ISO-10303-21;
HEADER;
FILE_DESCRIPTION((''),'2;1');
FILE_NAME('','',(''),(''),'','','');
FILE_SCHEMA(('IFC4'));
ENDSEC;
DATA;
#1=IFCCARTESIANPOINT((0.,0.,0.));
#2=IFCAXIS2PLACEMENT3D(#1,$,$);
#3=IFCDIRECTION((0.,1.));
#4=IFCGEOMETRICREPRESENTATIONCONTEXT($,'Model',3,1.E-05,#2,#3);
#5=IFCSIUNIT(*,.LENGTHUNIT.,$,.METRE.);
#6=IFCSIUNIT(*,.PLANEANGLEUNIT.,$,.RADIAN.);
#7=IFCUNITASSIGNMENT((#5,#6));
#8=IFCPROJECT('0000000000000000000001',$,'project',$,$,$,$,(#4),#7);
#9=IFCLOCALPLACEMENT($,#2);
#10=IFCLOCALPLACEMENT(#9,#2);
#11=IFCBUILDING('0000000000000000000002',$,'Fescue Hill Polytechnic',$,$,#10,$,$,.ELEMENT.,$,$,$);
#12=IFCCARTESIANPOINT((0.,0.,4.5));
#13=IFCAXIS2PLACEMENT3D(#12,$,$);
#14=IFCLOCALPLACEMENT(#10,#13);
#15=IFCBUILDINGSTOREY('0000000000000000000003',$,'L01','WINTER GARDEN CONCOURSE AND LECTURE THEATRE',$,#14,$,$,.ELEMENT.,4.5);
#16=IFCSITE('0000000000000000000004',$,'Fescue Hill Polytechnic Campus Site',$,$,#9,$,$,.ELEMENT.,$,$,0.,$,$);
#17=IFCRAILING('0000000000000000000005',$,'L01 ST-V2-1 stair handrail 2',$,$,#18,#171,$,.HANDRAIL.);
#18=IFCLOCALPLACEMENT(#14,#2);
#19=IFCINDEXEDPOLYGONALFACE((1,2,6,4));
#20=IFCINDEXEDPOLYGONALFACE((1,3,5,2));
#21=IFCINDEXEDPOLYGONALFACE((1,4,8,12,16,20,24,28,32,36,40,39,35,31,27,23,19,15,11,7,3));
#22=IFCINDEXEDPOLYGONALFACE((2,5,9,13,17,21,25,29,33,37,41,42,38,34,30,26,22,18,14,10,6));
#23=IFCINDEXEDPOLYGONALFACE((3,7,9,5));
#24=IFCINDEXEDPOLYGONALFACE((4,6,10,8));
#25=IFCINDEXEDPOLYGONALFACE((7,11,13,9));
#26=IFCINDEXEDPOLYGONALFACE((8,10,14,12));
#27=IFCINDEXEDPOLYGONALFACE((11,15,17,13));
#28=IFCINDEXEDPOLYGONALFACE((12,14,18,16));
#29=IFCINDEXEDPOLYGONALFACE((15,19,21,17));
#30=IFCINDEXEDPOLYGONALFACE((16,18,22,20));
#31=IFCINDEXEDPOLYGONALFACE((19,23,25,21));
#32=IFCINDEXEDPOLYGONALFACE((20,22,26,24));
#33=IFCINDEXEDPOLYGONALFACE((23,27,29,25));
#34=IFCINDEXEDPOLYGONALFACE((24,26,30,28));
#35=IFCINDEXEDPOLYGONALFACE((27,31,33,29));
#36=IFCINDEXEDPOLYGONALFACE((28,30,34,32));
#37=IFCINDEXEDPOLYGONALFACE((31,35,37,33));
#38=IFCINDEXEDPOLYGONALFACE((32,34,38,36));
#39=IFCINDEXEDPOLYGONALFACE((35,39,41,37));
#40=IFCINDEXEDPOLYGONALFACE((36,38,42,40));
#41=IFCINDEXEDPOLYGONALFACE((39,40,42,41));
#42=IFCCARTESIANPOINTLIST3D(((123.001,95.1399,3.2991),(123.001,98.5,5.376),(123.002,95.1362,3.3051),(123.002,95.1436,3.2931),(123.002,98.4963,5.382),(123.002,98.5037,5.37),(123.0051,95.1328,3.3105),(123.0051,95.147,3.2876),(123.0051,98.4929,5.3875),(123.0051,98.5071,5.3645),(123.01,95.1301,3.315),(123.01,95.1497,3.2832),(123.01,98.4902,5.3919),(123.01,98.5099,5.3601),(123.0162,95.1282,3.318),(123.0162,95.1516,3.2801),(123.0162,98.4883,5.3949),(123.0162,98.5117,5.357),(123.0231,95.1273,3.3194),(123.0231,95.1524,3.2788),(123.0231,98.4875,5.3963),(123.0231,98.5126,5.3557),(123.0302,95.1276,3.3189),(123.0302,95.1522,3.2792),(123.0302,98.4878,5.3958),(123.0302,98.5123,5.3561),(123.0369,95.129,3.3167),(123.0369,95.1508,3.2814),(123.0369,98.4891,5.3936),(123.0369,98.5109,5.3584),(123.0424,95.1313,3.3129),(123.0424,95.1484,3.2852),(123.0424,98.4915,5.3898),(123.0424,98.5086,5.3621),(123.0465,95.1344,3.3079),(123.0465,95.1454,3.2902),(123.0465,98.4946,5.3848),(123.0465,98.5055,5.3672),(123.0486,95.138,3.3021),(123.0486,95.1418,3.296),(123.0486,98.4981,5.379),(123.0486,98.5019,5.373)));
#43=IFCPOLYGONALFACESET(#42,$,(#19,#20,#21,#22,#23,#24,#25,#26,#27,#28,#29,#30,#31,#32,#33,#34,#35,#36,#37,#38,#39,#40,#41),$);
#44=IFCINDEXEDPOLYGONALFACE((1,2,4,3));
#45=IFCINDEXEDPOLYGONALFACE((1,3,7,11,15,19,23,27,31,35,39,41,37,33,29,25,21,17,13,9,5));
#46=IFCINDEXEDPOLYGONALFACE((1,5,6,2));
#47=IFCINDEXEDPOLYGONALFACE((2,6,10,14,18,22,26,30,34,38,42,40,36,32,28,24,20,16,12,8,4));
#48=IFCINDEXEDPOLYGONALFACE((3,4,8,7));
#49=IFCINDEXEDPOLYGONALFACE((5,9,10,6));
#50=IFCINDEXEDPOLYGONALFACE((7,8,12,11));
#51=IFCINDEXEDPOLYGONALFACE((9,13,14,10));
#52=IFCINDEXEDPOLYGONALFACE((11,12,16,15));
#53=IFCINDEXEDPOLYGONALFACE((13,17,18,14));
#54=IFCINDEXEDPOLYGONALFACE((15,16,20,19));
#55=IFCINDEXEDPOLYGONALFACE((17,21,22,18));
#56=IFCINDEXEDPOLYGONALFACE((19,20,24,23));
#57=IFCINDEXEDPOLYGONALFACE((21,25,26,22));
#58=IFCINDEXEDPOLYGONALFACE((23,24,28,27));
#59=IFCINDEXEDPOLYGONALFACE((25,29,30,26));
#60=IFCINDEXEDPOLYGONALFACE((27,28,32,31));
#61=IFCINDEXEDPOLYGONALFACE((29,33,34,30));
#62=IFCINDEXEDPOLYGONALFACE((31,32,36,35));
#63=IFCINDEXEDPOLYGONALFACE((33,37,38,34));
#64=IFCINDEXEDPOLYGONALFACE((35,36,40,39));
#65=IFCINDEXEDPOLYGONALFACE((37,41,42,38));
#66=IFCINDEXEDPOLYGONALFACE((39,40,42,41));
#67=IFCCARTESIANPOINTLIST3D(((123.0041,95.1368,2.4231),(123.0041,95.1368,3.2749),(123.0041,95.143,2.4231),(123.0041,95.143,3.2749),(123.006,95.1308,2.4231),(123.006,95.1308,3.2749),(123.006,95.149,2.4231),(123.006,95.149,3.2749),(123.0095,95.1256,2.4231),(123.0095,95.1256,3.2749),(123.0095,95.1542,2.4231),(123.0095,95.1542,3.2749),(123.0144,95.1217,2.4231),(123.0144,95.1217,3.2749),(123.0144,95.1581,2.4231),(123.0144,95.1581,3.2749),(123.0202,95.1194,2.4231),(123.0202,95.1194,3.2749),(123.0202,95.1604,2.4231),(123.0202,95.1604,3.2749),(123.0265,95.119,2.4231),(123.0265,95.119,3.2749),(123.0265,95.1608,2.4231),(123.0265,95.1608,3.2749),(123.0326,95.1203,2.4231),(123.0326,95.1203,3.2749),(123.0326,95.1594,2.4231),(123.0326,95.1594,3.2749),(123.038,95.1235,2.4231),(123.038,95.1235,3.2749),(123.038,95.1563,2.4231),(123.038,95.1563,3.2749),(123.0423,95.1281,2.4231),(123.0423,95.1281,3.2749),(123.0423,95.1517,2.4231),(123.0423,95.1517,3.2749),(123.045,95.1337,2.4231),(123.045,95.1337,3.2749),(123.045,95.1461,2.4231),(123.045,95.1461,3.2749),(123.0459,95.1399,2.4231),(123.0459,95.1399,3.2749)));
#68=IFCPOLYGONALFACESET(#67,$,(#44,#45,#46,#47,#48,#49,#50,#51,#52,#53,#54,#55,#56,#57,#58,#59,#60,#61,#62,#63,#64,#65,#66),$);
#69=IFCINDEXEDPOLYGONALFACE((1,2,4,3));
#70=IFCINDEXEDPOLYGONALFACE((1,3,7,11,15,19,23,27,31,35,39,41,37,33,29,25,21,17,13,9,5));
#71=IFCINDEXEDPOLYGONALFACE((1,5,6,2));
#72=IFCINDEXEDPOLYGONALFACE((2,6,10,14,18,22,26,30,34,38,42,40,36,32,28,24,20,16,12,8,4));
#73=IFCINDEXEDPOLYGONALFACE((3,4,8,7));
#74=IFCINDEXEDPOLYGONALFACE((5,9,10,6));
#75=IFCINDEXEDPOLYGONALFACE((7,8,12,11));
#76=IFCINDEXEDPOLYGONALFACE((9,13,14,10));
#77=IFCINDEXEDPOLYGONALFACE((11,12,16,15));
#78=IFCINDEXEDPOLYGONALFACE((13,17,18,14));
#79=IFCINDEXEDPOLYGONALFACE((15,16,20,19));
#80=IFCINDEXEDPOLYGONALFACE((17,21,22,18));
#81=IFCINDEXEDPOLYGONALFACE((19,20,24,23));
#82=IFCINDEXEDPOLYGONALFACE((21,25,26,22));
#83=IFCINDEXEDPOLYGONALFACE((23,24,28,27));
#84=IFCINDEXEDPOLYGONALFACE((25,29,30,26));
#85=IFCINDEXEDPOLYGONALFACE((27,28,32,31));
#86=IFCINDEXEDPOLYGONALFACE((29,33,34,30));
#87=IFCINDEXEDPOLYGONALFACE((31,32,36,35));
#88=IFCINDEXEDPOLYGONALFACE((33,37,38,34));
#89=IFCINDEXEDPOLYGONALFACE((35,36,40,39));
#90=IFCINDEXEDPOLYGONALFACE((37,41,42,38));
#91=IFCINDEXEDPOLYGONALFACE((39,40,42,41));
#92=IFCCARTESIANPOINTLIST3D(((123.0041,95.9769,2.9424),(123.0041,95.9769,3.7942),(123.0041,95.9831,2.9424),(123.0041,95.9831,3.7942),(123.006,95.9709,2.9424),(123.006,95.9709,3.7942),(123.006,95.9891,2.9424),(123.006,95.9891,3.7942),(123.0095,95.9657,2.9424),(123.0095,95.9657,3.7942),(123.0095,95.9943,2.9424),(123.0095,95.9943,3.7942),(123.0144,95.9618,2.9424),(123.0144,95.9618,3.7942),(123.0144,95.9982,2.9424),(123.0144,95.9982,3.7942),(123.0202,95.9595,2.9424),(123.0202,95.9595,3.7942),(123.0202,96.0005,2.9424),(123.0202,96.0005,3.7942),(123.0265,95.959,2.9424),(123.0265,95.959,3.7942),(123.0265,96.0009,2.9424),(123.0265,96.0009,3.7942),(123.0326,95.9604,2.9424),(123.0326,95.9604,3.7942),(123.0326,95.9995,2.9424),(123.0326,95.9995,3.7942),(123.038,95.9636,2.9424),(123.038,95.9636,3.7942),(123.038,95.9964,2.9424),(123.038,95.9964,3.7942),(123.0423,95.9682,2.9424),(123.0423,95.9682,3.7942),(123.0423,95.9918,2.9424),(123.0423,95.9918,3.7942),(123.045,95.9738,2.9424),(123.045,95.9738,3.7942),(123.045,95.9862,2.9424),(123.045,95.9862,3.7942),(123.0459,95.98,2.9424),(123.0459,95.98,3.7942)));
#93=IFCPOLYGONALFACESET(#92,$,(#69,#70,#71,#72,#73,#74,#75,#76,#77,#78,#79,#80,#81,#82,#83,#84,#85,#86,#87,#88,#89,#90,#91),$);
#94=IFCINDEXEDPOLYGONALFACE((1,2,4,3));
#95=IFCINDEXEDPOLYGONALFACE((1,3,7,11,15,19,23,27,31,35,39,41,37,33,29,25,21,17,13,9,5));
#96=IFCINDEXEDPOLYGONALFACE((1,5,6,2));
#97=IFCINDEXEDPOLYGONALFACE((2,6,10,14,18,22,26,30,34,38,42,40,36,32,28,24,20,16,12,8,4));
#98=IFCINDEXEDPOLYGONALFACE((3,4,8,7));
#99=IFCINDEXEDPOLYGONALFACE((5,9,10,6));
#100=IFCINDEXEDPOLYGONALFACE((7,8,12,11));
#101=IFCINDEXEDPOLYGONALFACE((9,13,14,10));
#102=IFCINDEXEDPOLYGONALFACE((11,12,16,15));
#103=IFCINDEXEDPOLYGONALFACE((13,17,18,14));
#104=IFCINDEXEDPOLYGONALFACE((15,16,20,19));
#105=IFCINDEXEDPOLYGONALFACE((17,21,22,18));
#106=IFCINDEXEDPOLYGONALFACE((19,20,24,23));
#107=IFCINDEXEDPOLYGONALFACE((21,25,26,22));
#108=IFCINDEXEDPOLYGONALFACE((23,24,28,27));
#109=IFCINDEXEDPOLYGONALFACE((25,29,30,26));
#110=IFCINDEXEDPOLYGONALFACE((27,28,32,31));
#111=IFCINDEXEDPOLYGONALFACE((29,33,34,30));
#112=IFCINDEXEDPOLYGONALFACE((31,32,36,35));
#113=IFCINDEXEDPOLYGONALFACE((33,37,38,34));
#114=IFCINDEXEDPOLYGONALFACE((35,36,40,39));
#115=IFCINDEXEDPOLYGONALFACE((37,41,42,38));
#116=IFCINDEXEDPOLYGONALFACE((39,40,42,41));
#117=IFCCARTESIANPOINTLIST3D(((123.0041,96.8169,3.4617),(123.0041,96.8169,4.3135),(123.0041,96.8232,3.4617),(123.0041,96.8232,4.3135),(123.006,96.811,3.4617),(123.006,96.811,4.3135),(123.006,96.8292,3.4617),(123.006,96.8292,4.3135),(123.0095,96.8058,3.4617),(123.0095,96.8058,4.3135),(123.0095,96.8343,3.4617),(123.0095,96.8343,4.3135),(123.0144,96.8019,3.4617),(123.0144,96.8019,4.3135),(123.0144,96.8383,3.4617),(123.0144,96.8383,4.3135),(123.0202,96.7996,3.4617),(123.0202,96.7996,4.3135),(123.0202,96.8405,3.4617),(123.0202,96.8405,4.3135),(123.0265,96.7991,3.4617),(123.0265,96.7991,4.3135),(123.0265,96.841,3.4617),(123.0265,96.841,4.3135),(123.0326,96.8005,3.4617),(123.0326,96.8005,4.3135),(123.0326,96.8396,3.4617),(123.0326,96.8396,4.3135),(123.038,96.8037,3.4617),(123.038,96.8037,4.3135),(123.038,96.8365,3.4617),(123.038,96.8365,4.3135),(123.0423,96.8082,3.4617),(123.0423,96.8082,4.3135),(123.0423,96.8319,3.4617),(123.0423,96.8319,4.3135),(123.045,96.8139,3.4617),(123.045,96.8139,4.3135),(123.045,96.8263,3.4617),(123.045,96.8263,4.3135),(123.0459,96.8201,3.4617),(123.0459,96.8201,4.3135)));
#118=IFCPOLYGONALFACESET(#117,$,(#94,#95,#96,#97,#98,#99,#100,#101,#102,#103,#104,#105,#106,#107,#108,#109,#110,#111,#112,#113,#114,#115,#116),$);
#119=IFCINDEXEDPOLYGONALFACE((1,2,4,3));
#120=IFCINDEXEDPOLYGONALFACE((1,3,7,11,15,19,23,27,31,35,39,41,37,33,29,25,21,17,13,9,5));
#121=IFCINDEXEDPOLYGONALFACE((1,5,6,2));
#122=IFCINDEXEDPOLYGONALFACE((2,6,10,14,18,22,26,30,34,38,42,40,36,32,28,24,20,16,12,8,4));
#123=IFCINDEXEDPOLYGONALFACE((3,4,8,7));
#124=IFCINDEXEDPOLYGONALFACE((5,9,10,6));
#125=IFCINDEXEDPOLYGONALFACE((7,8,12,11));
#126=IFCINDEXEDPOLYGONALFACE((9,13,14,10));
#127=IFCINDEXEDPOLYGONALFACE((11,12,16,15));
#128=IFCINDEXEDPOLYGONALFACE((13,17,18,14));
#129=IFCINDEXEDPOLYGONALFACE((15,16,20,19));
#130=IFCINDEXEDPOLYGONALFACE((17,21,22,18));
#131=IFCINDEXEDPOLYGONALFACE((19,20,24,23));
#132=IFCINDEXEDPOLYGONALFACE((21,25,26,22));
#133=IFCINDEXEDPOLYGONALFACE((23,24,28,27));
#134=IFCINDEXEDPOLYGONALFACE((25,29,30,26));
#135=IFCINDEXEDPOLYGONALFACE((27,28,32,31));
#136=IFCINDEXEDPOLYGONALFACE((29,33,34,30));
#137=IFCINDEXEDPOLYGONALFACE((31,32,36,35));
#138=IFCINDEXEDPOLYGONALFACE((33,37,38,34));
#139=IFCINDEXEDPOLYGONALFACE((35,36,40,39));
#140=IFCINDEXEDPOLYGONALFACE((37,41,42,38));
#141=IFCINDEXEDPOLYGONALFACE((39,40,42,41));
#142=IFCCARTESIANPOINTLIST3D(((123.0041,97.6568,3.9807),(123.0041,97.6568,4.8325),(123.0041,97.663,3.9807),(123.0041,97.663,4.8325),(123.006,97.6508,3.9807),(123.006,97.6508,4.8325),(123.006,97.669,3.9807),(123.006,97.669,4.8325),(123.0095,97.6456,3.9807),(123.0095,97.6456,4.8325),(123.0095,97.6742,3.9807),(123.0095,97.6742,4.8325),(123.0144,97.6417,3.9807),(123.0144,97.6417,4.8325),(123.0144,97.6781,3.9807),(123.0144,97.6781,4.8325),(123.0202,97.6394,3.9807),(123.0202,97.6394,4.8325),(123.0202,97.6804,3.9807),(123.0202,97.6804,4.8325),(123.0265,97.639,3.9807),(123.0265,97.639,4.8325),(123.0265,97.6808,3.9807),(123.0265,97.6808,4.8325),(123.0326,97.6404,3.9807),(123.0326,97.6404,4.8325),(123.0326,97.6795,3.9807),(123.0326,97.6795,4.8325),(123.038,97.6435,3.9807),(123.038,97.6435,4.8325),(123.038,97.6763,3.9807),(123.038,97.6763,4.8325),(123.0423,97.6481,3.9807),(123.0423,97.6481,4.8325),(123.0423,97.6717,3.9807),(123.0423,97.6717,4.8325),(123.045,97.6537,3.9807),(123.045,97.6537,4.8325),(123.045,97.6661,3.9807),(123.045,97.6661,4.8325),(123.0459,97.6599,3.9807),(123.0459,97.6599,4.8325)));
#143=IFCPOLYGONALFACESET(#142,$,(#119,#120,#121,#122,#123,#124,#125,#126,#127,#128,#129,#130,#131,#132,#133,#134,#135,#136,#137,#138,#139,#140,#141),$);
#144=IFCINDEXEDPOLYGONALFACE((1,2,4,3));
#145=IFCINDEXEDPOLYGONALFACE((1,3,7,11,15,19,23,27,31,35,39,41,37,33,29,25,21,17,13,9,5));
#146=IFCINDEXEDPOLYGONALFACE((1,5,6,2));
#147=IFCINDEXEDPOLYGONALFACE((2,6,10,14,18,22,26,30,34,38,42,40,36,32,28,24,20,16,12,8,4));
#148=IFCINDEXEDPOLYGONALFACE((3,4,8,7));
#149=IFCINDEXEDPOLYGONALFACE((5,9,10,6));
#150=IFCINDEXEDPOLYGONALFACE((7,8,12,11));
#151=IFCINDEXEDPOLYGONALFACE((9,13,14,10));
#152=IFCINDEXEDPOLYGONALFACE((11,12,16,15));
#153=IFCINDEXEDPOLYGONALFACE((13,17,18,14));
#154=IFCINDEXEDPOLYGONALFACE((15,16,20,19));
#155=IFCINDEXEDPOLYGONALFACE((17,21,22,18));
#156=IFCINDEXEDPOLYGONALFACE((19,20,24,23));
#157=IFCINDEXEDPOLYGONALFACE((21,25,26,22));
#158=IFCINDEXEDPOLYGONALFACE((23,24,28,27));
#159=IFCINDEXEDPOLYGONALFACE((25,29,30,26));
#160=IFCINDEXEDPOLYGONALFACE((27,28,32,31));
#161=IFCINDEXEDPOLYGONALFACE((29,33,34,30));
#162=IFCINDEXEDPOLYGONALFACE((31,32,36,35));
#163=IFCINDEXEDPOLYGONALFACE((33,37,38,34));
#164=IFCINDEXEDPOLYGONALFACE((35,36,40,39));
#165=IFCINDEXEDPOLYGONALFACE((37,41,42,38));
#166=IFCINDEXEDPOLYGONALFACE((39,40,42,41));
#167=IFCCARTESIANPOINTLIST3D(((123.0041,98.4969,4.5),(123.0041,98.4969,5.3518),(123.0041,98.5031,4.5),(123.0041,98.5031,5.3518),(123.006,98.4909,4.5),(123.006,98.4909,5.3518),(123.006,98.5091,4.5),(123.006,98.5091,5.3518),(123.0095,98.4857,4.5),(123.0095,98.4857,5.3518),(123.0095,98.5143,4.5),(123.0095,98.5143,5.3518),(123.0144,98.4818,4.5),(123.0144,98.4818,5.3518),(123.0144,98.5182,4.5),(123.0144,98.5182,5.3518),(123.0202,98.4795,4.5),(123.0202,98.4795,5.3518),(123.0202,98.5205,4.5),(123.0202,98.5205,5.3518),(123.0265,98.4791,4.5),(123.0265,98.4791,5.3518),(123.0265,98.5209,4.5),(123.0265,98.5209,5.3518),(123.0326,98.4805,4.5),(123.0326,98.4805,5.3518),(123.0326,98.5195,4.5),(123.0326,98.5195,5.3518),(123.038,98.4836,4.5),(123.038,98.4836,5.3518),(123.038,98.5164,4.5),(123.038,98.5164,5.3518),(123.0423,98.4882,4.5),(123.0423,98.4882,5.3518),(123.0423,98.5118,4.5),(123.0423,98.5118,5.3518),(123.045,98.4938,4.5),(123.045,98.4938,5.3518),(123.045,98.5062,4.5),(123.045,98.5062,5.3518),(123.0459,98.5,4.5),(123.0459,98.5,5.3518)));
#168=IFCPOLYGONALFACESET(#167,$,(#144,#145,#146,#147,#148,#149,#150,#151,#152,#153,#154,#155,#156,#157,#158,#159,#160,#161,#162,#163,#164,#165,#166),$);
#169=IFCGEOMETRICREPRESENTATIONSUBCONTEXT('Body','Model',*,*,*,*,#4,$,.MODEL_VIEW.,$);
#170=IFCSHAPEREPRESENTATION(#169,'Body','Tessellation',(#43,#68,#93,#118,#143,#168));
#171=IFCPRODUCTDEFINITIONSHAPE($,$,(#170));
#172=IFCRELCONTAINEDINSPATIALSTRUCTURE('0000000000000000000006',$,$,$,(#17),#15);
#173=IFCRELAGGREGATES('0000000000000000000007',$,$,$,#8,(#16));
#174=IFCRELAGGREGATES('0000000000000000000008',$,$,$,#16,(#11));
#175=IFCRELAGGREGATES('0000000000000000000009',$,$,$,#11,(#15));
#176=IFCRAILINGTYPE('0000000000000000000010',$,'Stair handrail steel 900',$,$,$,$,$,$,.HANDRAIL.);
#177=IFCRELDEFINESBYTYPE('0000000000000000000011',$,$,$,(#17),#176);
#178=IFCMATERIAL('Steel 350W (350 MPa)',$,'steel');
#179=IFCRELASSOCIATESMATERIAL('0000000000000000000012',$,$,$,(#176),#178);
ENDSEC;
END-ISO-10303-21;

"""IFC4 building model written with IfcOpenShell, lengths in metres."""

from ifc_helpers import new_model, si_unit, direction, frame, origin, origin_2d, place, context, subcontext, project, spatial, circle, extrude, material, type_object, element, save


model = new_model("IFC4")

# Units and contexts
model_context = context("Model", 3, precision=1e-05, world=origin(), true_north=direction((0.0, 1.0)))
body_context = subcontext(model_context, "Body", "Model", "MODEL_VIEW")
ifc_project = project(units=[si_unit("LENGTHUNIT", "METRE"), si_unit("PLANEANGLEUNIT", "RADIAN")], contexts=[model_context])

# Site, building, storey
site_placement = place(None, origin())
site = spatial("IfcSite", under=ifc_project, at=site_placement, Name="Fescue Hill Polytechnic Campus Site", CompositionType="ELEMENT", RefElevation=0.0)
building_placement = place(site_placement, origin())
building = spatial("IfcBuilding", under=site, at=building_placement, Name="Fescue Hill Polytechnic", CompositionType="ELEMENT")
storey_placement = place(building_placement, frame((0.0, 0.0, 4.5)))
storey = spatial("IfcBuildingStorey", under=building, at=storey_placement, Name="L01", Description="WINTER GARDEN CONCOURSE AND LECTURE THEATRE", CompositionType="ELEMENT", Elevation=4.5)

# Railing
ifc_material_1 = material(Name="Steel 350W (350 MPa)", Category="steel")
railing_type_1 = type_object("IfcRailingType", Name="Stair handrail steel 900", PredefinedType="HANDRAIL", material=ifc_material_1)
railing_1_placement = place(storey_placement, frame((123.0249, 95.1399, 2.4231)))
element("IfcRailing", 1, at=railing_1_placement, inside=storey, type_object=railing_type_1, Name="L01 ST-V2-1 stair handrail 2", PredefinedType="HANDRAIL", context=body_context, shape_type="SweptSolid", body=[
    extrude(circle(Radius=0.0239, at=origin_2d()), frame((0.0, 0.0, 0.876), z_axis=(0.0, 0.850623, 0.525776), x_axis=(-1.0, 0.0, 0.0)), (0.0, 0.0, 1.0), 3.9502),
    extrude(circle(Radius=0.021, at=origin_2d()), origin(), (0.0, 0.0, 1.0), 0.8518),
    extrude(circle(Radius=0.021, at=origin_2d()), frame((0.0, 0.8401, 0.5193)), (0.0, 0.0, 1.0), 0.8518),
    extrude(circle(Radius=0.021, at=origin_2d()), frame((0.0, 1.6802, 1.0386)), (0.0, 0.0, 1.0), 0.8518),
    extrude(circle(Radius=0.021, at=origin_2d()), frame((0.0, 2.52, 1.5576)), (0.0, 0.0, 1.0), 0.8518),
    extrude(circle(Radius=0.021, at=origin_2d()), frame((0.0, 3.3601, 2.0769)), (0.0, 0.0, 1.0), 0.8518),
])

save(model, "model.ifc")
